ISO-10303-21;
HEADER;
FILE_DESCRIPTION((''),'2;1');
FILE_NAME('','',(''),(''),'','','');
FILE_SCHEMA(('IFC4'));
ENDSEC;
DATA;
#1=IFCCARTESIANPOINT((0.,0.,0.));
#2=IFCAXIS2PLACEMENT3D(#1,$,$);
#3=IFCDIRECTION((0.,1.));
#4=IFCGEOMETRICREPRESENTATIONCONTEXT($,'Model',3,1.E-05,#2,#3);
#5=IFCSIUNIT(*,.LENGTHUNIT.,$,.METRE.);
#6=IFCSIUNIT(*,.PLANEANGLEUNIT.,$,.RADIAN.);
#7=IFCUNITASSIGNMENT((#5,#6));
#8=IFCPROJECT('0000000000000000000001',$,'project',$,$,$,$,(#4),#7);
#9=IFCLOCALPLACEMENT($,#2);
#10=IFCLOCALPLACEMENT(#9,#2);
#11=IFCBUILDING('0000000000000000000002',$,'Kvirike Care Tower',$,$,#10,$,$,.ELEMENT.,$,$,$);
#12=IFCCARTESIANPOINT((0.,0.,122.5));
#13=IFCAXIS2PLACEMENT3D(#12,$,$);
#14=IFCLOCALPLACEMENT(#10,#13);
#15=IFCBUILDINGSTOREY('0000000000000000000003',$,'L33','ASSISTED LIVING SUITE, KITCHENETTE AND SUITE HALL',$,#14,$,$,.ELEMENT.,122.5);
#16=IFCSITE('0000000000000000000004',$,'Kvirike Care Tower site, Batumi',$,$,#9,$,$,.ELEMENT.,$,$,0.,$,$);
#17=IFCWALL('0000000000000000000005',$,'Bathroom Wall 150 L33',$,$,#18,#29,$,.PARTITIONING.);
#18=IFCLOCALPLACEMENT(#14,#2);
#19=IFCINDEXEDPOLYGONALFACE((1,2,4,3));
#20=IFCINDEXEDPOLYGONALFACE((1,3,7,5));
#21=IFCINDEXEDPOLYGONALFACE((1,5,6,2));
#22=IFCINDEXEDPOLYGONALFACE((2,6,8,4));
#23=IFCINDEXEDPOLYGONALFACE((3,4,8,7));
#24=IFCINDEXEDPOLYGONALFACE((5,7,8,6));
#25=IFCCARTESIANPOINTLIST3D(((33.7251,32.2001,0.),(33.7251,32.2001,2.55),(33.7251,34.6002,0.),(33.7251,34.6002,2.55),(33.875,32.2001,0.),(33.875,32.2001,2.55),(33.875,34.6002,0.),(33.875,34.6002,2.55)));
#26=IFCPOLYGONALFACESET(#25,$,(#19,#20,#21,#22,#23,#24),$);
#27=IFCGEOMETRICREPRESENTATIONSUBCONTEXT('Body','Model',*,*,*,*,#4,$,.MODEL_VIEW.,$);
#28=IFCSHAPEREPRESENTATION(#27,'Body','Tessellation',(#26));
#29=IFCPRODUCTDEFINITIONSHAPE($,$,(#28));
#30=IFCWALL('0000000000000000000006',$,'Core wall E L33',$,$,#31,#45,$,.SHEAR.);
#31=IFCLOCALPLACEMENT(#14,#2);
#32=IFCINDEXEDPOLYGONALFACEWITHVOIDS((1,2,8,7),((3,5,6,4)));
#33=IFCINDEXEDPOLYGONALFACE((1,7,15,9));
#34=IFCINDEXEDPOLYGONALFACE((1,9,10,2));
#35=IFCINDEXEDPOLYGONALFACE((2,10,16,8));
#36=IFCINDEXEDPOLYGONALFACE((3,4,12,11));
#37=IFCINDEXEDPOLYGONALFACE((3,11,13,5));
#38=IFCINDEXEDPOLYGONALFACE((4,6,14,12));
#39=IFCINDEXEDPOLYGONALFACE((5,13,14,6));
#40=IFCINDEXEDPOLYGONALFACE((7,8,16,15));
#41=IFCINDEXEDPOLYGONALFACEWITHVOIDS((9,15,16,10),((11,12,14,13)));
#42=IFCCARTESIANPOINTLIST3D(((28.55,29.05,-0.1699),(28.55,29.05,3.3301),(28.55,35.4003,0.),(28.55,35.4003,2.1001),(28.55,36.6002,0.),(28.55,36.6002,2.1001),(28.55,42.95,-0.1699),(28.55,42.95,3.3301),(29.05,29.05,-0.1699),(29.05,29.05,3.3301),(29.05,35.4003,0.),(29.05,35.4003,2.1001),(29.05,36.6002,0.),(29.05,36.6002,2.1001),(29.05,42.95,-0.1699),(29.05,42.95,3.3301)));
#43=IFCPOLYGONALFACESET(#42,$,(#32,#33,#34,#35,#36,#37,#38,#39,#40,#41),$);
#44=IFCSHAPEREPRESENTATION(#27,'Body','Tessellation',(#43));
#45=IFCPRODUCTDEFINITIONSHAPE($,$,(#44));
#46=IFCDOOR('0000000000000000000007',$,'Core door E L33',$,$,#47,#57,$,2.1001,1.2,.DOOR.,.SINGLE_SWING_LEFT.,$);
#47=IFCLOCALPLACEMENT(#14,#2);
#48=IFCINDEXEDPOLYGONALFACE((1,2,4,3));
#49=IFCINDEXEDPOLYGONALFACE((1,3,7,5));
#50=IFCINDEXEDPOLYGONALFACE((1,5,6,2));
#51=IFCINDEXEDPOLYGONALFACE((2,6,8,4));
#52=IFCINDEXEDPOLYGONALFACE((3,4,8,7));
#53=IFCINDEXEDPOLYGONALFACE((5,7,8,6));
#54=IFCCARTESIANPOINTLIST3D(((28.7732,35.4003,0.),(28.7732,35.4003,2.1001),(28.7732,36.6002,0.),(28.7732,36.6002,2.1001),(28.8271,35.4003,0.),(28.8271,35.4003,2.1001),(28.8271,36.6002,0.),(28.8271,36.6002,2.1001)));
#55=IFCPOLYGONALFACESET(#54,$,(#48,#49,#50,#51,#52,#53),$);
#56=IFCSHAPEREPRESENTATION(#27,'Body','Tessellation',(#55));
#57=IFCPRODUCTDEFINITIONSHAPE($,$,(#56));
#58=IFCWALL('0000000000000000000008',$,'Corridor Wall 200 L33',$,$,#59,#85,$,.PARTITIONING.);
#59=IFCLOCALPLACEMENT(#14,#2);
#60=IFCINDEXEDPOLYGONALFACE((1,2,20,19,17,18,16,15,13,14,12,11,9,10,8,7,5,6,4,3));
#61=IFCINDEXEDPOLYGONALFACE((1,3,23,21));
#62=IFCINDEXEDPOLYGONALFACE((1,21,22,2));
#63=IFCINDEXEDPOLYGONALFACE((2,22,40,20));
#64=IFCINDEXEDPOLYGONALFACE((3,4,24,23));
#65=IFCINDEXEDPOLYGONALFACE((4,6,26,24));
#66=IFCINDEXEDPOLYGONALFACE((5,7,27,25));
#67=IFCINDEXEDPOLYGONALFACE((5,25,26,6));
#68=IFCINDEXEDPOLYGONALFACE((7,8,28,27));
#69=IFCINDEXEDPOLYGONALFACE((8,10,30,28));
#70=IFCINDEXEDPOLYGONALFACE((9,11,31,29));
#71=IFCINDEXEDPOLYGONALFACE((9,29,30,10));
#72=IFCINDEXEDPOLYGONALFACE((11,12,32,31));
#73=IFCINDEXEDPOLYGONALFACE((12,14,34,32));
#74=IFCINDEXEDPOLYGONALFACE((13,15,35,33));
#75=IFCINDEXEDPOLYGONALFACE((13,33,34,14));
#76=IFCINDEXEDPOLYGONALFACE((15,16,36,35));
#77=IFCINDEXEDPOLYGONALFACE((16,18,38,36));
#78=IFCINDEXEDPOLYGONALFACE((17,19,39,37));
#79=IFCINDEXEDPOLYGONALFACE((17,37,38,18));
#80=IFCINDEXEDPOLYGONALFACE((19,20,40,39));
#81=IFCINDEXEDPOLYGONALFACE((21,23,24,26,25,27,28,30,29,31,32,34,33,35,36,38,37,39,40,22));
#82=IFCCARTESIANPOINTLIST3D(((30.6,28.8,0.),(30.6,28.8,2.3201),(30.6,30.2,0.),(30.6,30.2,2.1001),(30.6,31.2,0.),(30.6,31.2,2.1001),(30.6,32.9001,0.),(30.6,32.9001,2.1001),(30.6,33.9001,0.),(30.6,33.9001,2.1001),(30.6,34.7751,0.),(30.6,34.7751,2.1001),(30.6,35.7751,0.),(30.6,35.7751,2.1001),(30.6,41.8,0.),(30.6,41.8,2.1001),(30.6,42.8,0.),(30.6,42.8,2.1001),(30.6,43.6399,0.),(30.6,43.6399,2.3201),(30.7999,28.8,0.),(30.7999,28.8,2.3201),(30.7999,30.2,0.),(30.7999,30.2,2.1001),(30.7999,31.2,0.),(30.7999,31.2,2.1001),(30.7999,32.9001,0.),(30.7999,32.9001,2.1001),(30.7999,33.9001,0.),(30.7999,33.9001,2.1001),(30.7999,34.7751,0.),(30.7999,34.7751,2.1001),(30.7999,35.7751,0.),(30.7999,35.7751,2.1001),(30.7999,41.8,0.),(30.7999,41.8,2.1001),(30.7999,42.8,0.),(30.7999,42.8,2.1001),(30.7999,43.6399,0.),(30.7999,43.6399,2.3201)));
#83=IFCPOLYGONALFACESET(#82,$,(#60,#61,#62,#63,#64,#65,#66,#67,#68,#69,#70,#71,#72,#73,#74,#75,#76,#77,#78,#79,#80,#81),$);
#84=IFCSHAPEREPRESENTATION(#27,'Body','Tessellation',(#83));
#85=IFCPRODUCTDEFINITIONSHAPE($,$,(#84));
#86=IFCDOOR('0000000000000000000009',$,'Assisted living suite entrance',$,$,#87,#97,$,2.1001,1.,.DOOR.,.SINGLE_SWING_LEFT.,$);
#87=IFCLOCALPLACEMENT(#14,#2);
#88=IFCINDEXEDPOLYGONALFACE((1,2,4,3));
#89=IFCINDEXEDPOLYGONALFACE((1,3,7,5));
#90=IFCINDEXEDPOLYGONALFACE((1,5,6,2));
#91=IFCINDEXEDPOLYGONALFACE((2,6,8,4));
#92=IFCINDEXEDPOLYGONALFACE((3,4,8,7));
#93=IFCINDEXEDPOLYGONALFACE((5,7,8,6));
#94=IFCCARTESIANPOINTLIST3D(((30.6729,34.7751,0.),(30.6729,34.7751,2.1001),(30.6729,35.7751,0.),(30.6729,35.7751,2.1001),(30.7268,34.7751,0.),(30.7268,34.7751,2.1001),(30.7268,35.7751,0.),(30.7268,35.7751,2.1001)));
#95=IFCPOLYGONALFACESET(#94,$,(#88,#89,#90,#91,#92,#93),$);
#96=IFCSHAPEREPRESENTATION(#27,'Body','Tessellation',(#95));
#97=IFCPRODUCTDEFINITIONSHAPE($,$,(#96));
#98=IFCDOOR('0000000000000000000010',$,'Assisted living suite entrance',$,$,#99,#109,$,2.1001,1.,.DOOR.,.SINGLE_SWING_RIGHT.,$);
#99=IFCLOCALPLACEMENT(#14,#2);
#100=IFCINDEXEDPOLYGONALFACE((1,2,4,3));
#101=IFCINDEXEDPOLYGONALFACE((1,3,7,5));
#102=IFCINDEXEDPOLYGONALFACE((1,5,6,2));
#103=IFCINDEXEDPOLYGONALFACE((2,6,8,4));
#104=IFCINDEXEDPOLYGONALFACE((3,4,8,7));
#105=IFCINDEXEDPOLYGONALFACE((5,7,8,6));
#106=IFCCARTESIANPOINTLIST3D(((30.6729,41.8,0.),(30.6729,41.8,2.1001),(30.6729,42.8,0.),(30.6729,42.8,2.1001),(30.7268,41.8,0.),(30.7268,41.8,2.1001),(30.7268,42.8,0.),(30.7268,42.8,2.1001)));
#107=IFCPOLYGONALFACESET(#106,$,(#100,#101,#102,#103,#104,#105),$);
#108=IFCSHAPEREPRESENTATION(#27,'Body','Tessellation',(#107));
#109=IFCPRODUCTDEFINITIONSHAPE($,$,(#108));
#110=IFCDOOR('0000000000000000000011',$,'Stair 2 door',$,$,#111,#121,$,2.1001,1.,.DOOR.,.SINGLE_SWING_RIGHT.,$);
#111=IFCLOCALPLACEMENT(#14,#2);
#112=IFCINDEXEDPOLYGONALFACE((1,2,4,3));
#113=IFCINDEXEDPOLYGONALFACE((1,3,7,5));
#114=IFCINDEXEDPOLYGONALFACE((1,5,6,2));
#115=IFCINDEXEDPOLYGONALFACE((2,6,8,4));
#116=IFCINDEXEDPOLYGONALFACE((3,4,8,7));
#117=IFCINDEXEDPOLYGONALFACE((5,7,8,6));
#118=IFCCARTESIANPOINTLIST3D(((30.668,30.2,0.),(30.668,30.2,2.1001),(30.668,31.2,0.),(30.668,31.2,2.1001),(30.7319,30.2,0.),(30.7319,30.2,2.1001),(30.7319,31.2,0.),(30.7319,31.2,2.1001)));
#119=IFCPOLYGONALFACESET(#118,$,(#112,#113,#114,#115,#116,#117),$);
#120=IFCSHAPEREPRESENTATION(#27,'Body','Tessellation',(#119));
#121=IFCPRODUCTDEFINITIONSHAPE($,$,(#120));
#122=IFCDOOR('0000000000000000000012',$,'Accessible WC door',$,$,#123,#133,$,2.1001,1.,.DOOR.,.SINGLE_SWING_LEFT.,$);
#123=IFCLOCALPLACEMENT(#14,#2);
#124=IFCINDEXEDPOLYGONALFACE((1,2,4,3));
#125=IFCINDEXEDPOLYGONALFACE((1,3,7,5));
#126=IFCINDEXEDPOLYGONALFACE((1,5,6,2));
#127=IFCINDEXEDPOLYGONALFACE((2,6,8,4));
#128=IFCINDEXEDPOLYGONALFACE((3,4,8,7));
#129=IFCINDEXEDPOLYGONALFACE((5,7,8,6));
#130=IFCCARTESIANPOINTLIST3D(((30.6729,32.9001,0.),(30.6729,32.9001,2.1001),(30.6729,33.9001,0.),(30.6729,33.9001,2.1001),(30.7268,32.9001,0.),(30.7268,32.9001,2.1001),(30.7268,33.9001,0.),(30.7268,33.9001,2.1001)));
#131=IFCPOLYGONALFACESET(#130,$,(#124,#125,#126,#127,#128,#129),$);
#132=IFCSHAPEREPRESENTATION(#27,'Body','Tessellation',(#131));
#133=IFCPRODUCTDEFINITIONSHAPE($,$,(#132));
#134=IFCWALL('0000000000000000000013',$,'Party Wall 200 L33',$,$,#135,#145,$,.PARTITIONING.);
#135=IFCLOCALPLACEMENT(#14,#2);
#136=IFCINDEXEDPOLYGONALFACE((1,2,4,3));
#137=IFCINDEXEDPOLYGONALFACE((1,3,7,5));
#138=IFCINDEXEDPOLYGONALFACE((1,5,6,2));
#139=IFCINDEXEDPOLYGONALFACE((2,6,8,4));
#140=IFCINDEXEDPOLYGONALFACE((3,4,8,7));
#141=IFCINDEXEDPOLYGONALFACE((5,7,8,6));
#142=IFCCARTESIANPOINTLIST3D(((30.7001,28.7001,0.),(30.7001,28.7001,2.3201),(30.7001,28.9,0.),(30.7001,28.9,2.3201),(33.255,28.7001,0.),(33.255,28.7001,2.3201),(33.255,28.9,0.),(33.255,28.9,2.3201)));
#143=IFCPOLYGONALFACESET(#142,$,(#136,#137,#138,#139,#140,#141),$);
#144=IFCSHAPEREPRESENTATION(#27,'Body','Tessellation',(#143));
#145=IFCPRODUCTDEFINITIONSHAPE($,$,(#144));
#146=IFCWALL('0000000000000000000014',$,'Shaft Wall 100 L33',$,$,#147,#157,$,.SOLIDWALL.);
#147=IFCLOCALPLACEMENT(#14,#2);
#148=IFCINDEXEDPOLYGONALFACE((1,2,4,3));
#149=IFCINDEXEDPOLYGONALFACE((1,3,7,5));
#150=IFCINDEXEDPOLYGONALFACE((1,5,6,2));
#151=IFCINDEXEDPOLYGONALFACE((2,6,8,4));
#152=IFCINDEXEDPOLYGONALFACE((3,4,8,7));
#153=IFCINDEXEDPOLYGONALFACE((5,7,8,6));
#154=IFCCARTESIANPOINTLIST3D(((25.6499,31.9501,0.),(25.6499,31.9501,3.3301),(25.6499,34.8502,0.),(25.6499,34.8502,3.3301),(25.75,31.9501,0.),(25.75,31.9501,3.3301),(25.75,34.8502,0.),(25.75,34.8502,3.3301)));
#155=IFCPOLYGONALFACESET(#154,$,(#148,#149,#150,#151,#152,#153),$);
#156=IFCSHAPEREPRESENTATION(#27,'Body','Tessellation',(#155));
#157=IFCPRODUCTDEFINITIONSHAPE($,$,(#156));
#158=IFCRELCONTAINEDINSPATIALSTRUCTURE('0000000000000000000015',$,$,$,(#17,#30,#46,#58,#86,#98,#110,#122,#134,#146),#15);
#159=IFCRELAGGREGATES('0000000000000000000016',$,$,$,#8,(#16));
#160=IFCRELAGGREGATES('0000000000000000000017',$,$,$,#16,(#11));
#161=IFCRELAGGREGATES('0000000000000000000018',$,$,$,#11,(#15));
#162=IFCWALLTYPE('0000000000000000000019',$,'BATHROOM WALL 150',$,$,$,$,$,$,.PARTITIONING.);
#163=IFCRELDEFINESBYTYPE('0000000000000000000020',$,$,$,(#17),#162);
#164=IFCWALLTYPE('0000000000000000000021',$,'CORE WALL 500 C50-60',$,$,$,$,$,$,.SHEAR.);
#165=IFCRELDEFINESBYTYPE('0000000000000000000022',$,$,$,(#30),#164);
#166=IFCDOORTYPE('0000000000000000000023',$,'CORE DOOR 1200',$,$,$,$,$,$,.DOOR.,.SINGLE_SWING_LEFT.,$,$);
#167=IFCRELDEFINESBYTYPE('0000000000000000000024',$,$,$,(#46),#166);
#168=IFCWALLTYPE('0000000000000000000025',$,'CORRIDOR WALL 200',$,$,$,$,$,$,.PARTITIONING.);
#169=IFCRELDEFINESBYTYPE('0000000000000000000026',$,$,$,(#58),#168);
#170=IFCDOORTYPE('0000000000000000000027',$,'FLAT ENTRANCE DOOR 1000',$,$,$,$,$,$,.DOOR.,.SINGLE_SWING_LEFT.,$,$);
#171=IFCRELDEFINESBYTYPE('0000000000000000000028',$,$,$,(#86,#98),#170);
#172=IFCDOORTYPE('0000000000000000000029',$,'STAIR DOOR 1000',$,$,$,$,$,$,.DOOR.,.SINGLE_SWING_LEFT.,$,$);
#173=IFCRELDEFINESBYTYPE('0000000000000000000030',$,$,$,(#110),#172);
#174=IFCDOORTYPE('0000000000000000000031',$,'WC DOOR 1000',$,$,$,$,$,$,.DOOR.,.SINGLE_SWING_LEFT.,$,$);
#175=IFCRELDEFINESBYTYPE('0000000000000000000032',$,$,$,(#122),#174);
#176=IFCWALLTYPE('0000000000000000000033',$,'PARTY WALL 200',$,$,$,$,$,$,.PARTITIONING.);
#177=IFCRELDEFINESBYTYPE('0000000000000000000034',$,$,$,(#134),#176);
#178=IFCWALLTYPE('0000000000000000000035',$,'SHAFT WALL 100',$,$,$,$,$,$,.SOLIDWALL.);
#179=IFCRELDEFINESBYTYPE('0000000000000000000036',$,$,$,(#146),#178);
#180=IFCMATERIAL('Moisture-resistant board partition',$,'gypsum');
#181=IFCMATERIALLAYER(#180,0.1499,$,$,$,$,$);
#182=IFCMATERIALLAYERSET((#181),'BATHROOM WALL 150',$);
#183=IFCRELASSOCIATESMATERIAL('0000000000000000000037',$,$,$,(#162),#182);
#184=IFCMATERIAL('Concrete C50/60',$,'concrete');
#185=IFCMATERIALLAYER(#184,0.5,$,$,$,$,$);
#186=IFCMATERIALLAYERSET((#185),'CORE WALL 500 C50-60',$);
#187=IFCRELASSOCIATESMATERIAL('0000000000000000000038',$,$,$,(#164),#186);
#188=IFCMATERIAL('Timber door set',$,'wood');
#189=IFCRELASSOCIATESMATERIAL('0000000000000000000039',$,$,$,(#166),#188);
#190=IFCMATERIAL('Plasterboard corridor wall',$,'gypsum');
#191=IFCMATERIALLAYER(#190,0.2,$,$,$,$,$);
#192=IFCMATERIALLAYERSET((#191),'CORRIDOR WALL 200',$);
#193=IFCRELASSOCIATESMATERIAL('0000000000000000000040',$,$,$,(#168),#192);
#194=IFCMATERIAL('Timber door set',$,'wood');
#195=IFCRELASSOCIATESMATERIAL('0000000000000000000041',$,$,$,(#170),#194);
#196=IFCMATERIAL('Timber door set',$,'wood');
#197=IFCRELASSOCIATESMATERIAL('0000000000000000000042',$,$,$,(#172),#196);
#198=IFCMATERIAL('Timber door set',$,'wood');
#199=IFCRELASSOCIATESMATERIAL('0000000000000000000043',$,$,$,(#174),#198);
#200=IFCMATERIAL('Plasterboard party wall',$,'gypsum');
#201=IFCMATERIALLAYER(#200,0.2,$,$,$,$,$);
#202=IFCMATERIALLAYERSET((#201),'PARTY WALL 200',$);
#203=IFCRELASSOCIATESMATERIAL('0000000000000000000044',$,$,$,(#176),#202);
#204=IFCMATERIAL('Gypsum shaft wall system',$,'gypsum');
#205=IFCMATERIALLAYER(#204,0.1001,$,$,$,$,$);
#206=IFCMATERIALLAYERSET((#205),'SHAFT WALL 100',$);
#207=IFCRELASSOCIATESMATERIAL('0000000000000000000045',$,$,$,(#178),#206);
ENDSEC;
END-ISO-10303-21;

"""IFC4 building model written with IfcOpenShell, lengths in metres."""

from ifc_helpers import new_model, si_unit, direction, frame, frame_2d, origin, place, context, subcontext, project, spatial, rectangle, extrude, material, layer, layer_set, type_object, element, fill, save


model = new_model("IFC4")

# Units and contexts
model_context = context("Model", 3, precision=1e-05, world=origin(), true_north=direction((0.0, 1.0)))
body_context = subcontext(model_context, "Body", "Model", "MODEL_VIEW")
ifc_project = project(units=[si_unit("LENGTHUNIT", "METRE"), si_unit("PLANEANGLEUNIT", "RADIAN")], contexts=[model_context])

# Site, building, storey
site_placement = place(None, origin())
site = spatial("IfcSite", under=ifc_project, at=site_placement, Name="Kvirike Care Tower site, Batumi", CompositionType="ELEMENT", RefElevation=0.0)
building_placement = place(site_placement, origin())
building = spatial("IfcBuilding", under=site, at=building_placement, Name="Kvirike Care Tower", CompositionType="ELEMENT")
storey_placement = place(building_placement, frame((0.0, 0.0, 122.5)))
storey = spatial("IfcBuildingStorey", under=building, at=storey_placement, Name="L33", Description="ASSISTED LIVING SUITE, KITCHENETTE AND SUITE HALL", CompositionType="ELEMENT", Elevation=122.5)

# Wall
ifc_material_1 = material(Name="Moisture-resistant board partition", Category="gypsum")
ifc_layer_1 = layer(ifc_material_1, 0.1499)
ifc_layer_set_1 = layer_set([ifc_layer_1], Name="BATHROOM WALL 150")
wall_type_1 = type_object("IfcWallType", Name="BATHROOM WALL 150", PredefinedType="PARTITIONING", material=ifc_layer_set_1)
wall_1_placement = place(storey_placement, frame((33.8, 32.2, 0.0), z_axis=(0.0, 0.0, 1.0), x_axis=(0.0, 1.0, 0.0)))
element("IfcWall", 1, at=wall_1_placement, inside=storey, type_object=wall_type_1, Name="Bathroom Wall 150 L33", PredefinedType="PARTITIONING", context=body_context, shape_type="SweptSolid", body=[
    extrude(rectangle(XDim=2.4001, YDim=0.1499, at=frame_2d((1.2002, 0.0))), origin(), (0.0, 0.0, 1.0), 2.55),
])

# Wall, opening, door
ifc_material_2 = material(Name="Concrete C50/60", Category="concrete")
ifc_layer_2 = layer(ifc_material_2, 0.5)
ifc_layer_set_2 = layer_set([ifc_layer_2], Name="CORE WALL 500 C50-60")
wall_type_2 = type_object("IfcWallType", Name="CORE WALL 500 C50-60", PredefinedType="SHEAR", material=ifc_layer_set_2)
wall_2_placement = place(storey_placement, frame((28.8, 29.05, -0.1699), z_axis=(0.0, 0.0, 1.0), x_axis=(0.0, 1.0, 0.0)))
wall_2 = element("IfcWall", 2, at=wall_2_placement, inside=storey, type_object=wall_type_2, Name="Core wall E L33", PredefinedType="SHEAR", context=body_context, shape_type="SweptSolid", body=[
    extrude(rectangle(XDim=13.8999, YDim=0.5, at=frame_2d((6.95, 0.0))), origin(), (0.0, 0.0, 1.0), 3.5),
])
opening_1_placement = place(wall_2_placement, frame((6.3501, 0.0, 0.1699)))
opening_1 = element("IfcOpeningElement", 3, at=opening_1_placement, cuts=wall_2, PredefinedType="OPENING", context=body_context, shape_type="SweptSolid", body=[
    extrude(rectangle(XDim=1.2, YDim=2.1001, at=frame_2d((0.6001, 1.05))), frame((0.0, 0.2605, 0.0), z_axis=(0.0, -1.0, 0.0), x_axis=(1.0, 0.0, 0.0)), (0.0, 0.0, 1.0), 0.521),
])
ifc_material_3 = material(Name="Timber door set", Category="wood")
door_type_1 = type_object("IfcDoorType", Name="CORE DOOR 1200", OperationType="SINGLE_SWING_LEFT", PredefinedType="DOOR", material=ifc_material_3)
door_1_placement = place(opening_1_placement, origin())
door_1 = element("IfcDoor", 4, at=door_1_placement, inside=storey, type_object=door_type_1, Name="Core door E L33", OperationType="SINGLE_SWING_LEFT", OverallHeight=2.1001, OverallWidth=1.2, PredefinedType="DOOR", context=body_context, shape_type="SweptSolid", body=[
    extrude(rectangle(XDim=1.2, YDim=2.1001, at=frame_2d((0.6001, 1.05))), frame((0.0, 0.0269, 0.0), z_axis=(0.0, -1.0, 0.0), x_axis=(1.0, 0.0, 0.0)), (0.0, 0.0, 1.0), 0.054),
])
fill(opening_1, door_1)

# Wall, openings, doors
ifc_material_4 = material(Name="Plasterboard corridor wall", Category="gypsum")
ifc_layer_3 = layer(ifc_material_4, 0.2)
ifc_layer_set_3 = layer_set([ifc_layer_3], Name="CORRIDOR WALL 200")
wall_type_3 = type_object("IfcWallType", Name="CORRIDOR WALL 200", PredefinedType="PARTITIONING", material=ifc_layer_set_3)
wall_3_placement = place(storey_placement, frame((30.7, 28.8, 0.0), z_axis=(0.0, 0.0, 1.0), x_axis=(0.0, 1.0, 0.0)))
wall_3 = element("IfcWall", 5, at=wall_3_placement, inside=storey, type_object=wall_type_3, Name="Corridor Wall 200 L33", PredefinedType="PARTITIONING", context=body_context, shape_type="SweptSolid", body=[
    extrude(rectangle(XDim=14.8398, YDim=0.2, at=frame_2d((7.4199, 0.0))), origin(), (0.0, 0.0, 1.0), 2.3201),
])
opening_2_placement = place(wall_3_placement, frame((1.3999, 0.0, 0.0)))
opening_2 = element("IfcOpeningElement", 6, at=opening_2_placement, cuts=wall_3, PredefinedType="OPENING", context=body_context, shape_type="SweptSolid", body=[
    extrude(rectangle(XDim=1.0, YDim=2.1001, at=frame_2d((0.5, 1.05))), frame((0.0, 0.1106, 0.0), z_axis=(0.0, -1.0, 0.0), x_axis=(1.0, 0.0, 0.0)), (0.0, 0.0, 1.0), 0.2209),
])
opening_3_placement = place(wall_3_placement, frame((4.1001, 0.0, 0.0)))
opening_3 = element("IfcOpeningElement", 7, at=opening_3_placement, cuts=wall_3, PredefinedType="OPENING", context=body_context, shape_type="SweptSolid", body=[
    extrude(rectangle(XDim=1.0, YDim=2.1001, at=frame_2d((0.5, 1.05))), frame((0.0, 0.1106, 0.0), z_axis=(0.0, -1.0, 0.0), x_axis=(1.0, 0.0, 0.0)), (0.0, 0.0, 1.0), 0.2209),
])
opening_4_placement = place(wall_3_placement, frame((5.9751, 0.0, 0.0)))
opening_4 = element("IfcOpeningElement", 8, at=opening_4_placement, cuts=wall_3, PredefinedType="OPENING", context=body_context, shape_type="SweptSolid", body=[
    extrude(rectangle(XDim=1.0, YDim=2.1001, at=frame_2d((0.5, 1.05))), frame((0.0, 0.1106, 0.0), z_axis=(0.0, -1.0, 0.0), x_axis=(1.0, 0.0, 0.0)), (0.0, 0.0, 1.0), 0.2209),
])
opening_5_placement = place(wall_3_placement, frame((13.0, 0.0, 0.0)))
opening_5 = element("IfcOpeningElement", 9, at=opening_5_placement, cuts=wall_3, PredefinedType="OPENING", context=body_context, shape_type="SweptSolid", body=[
    extrude(rectangle(XDim=1.0, YDim=2.1001, at=frame_2d((0.5, 1.05))), frame((0.0, 0.1106, 0.0), z_axis=(0.0, -1.0, 0.0), x_axis=(1.0, 0.0, 0.0)), (0.0, 0.0, 1.0), 0.2209),
])
ifc_material_5 = material(Name="Timber door set", Category="wood")
door_type_2 = type_object("IfcDoorType", Name="FLAT ENTRANCE DOOR 1000", OperationType="SINGLE_SWING_LEFT", PredefinedType="DOOR", material=ifc_material_5)
door_2_placement = place(opening_4_placement, frame((1.0, 0.0, 0.0), z_axis=(0.0, 0.0, 1.0), x_axis=(-1.0, 0.0, 0.0)))
door_2 = element("IfcDoor", 10, at=door_2_placement, inside=storey, type_object=door_type_2, Name="Assisted living suite entrance", OperationType="SINGLE_SWING_LEFT", OverallHeight=2.1001, OverallWidth=1.0, PredefinedType="DOOR", context=body_context, shape_type="SweptSolid", body=[
    extrude(rectangle(XDim=1.0, YDim=2.1001, at=frame_2d((0.5, 1.05))), frame((0.0, 0.0269, 0.0), z_axis=(0.0, -1.0, 0.0), x_axis=(1.0, 0.0, 0.0)), (0.0, 0.0, 1.0), 0.054),
])
fill(opening_4, door_2)
door_3_placement = place(opening_5_placement, frame((1.0, 0.0, 0.0), z_axis=(0.0, 0.0, 1.0), x_axis=(-1.0, 0.0, 0.0)))
door_3 = element("IfcDoor", 11, at=door_3_placement, inside=storey, type_object=door_type_2, Name="Assisted living suite entrance", OperationType="SINGLE_SWING_RIGHT", OverallHeight=2.1001, OverallWidth=1.0, PredefinedType="DOOR", context=body_context, shape_type="SweptSolid", body=[
    extrude(rectangle(XDim=1.0, YDim=2.1001, at=frame_2d((0.5, 1.05))), frame((0.0, 0.0269, 0.0), z_axis=(0.0, -1.0, 0.0), x_axis=(1.0, 0.0, 0.0)), (0.0, 0.0, 1.0), 0.054),
])
fill(opening_5, door_3)
ifc_material_6 = material(Name="Timber door set", Category="wood")
door_type_3 = type_object("IfcDoorType", Name="STAIR DOOR 1000", OperationType="SINGLE_SWING_LEFT", PredefinedType="DOOR", material=ifc_material_6)
door_4_placement = place(opening_2_placement, frame((1.0, 0.0, 0.0), z_axis=(0.0, 0.0, 1.0), x_axis=(-1.0, 0.0, 0.0)))
door_4 = element("IfcDoor", 12, at=door_4_placement, inside=storey, type_object=door_type_3, Name="Stair 2 door", OperationType="SINGLE_SWING_RIGHT", OverallHeight=2.1001, OverallWidth=1.0, PredefinedType="DOOR", context=body_context, shape_type="SweptSolid", body=[
    extrude(rectangle(XDim=1.0, YDim=2.1001, at=frame_2d((0.5, 1.05))), frame((0.0, 0.032, 0.0), z_axis=(0.0, -1.0, 0.0), x_axis=(1.0, 0.0, 0.0)), (0.0, 0.0, 1.0), 0.064),
])
fill(opening_2, door_4)
ifc_material_7 = material(Name="Timber door set", Category="wood")
door_type_4 = type_object("IfcDoorType", Name="WC DOOR 1000", OperationType="SINGLE_SWING_LEFT", PredefinedType="DOOR", material=ifc_material_7)
door_5_placement = place(opening_3_placement, frame((1.0, 0.0, 0.0), z_axis=(0.0, 0.0, 1.0), x_axis=(-1.0, 0.0, 0.0)))
door_5 = element("IfcDoor", 13, at=door_5_placement, inside=storey, type_object=door_type_4, Name="Accessible WC door", OperationType="SINGLE_SWING_LEFT", OverallHeight=2.1001, OverallWidth=1.0, PredefinedType="DOOR", context=body_context, shape_type="SweptSolid", body=[
    extrude(rectangle(XDim=1.0, YDim=2.1001, at=frame_2d((0.5, 1.05))), frame((0.0, 0.0269, 0.0), z_axis=(0.0, -1.0, 0.0), x_axis=(1.0, 0.0, 0.0)), (0.0, 0.0, 1.0), 0.054),
])
fill(opening_3, door_5)

# Walls
ifc_material_8 = material(Name="Plasterboard party wall", Category="gypsum")
ifc_layer_4 = layer(ifc_material_8, 0.2)
ifc_layer_set_4 = layer_set([ifc_layer_4], Name="PARTY WALL 200")
wall_type_4 = type_object("IfcWallType", Name="PARTY WALL 200", PredefinedType="PARTITIONING", material=ifc_layer_set_4)
wall_4_placement = place(storey_placement, frame((33.2549, 28.8, 0.0), z_axis=(0.0, 0.0, 1.0), x_axis=(-1.0, 0.0, 0.0)))
element("IfcWall", 14, at=wall_4_placement, inside=storey, type_object=wall_type_4, Name="Party Wall 200 L33", PredefinedType="PARTITIONING", context=body_context, shape_type="SweptSolid", body=[
    extrude(rectangle(XDim=2.5549, YDim=0.2, at=frame_2d((1.2773, 0.0))), origin(), (0.0, 0.0, 1.0), 2.3201),
])
ifc_material_9 = material(Name="Gypsum shaft wall system", Category="gypsum")
ifc_layer_5 = layer(ifc_material_9, 0.1001)
ifc_layer_set_5 = layer_set([ifc_layer_5], Name="SHAFT WALL 100")
wall_type_5 = type_object("IfcWallType", Name="SHAFT WALL 100", PredefinedType="SOLIDWALL", material=ifc_layer_set_5)
wall_5_placement = place(storey_placement, frame((25.7, 31.95, 0.0), z_axis=(0.0, 0.0, 1.0), x_axis=(0.0, 1.0, 0.0)))
element("IfcWall", 15, at=wall_5_placement, inside=storey, type_object=wall_type_5, Name="Shaft Wall 100 L33", PredefinedType="SOLIDWALL", context=body_context, shape_type="SweptSolid", body=[
    extrude(rectangle(XDim=2.9001, YDim=0.1001, at=frame_2d((1.4502, 0.0))), origin(), (0.0, 0.0, 1.0), 3.3301),
])

save(model, "model.ifc")
